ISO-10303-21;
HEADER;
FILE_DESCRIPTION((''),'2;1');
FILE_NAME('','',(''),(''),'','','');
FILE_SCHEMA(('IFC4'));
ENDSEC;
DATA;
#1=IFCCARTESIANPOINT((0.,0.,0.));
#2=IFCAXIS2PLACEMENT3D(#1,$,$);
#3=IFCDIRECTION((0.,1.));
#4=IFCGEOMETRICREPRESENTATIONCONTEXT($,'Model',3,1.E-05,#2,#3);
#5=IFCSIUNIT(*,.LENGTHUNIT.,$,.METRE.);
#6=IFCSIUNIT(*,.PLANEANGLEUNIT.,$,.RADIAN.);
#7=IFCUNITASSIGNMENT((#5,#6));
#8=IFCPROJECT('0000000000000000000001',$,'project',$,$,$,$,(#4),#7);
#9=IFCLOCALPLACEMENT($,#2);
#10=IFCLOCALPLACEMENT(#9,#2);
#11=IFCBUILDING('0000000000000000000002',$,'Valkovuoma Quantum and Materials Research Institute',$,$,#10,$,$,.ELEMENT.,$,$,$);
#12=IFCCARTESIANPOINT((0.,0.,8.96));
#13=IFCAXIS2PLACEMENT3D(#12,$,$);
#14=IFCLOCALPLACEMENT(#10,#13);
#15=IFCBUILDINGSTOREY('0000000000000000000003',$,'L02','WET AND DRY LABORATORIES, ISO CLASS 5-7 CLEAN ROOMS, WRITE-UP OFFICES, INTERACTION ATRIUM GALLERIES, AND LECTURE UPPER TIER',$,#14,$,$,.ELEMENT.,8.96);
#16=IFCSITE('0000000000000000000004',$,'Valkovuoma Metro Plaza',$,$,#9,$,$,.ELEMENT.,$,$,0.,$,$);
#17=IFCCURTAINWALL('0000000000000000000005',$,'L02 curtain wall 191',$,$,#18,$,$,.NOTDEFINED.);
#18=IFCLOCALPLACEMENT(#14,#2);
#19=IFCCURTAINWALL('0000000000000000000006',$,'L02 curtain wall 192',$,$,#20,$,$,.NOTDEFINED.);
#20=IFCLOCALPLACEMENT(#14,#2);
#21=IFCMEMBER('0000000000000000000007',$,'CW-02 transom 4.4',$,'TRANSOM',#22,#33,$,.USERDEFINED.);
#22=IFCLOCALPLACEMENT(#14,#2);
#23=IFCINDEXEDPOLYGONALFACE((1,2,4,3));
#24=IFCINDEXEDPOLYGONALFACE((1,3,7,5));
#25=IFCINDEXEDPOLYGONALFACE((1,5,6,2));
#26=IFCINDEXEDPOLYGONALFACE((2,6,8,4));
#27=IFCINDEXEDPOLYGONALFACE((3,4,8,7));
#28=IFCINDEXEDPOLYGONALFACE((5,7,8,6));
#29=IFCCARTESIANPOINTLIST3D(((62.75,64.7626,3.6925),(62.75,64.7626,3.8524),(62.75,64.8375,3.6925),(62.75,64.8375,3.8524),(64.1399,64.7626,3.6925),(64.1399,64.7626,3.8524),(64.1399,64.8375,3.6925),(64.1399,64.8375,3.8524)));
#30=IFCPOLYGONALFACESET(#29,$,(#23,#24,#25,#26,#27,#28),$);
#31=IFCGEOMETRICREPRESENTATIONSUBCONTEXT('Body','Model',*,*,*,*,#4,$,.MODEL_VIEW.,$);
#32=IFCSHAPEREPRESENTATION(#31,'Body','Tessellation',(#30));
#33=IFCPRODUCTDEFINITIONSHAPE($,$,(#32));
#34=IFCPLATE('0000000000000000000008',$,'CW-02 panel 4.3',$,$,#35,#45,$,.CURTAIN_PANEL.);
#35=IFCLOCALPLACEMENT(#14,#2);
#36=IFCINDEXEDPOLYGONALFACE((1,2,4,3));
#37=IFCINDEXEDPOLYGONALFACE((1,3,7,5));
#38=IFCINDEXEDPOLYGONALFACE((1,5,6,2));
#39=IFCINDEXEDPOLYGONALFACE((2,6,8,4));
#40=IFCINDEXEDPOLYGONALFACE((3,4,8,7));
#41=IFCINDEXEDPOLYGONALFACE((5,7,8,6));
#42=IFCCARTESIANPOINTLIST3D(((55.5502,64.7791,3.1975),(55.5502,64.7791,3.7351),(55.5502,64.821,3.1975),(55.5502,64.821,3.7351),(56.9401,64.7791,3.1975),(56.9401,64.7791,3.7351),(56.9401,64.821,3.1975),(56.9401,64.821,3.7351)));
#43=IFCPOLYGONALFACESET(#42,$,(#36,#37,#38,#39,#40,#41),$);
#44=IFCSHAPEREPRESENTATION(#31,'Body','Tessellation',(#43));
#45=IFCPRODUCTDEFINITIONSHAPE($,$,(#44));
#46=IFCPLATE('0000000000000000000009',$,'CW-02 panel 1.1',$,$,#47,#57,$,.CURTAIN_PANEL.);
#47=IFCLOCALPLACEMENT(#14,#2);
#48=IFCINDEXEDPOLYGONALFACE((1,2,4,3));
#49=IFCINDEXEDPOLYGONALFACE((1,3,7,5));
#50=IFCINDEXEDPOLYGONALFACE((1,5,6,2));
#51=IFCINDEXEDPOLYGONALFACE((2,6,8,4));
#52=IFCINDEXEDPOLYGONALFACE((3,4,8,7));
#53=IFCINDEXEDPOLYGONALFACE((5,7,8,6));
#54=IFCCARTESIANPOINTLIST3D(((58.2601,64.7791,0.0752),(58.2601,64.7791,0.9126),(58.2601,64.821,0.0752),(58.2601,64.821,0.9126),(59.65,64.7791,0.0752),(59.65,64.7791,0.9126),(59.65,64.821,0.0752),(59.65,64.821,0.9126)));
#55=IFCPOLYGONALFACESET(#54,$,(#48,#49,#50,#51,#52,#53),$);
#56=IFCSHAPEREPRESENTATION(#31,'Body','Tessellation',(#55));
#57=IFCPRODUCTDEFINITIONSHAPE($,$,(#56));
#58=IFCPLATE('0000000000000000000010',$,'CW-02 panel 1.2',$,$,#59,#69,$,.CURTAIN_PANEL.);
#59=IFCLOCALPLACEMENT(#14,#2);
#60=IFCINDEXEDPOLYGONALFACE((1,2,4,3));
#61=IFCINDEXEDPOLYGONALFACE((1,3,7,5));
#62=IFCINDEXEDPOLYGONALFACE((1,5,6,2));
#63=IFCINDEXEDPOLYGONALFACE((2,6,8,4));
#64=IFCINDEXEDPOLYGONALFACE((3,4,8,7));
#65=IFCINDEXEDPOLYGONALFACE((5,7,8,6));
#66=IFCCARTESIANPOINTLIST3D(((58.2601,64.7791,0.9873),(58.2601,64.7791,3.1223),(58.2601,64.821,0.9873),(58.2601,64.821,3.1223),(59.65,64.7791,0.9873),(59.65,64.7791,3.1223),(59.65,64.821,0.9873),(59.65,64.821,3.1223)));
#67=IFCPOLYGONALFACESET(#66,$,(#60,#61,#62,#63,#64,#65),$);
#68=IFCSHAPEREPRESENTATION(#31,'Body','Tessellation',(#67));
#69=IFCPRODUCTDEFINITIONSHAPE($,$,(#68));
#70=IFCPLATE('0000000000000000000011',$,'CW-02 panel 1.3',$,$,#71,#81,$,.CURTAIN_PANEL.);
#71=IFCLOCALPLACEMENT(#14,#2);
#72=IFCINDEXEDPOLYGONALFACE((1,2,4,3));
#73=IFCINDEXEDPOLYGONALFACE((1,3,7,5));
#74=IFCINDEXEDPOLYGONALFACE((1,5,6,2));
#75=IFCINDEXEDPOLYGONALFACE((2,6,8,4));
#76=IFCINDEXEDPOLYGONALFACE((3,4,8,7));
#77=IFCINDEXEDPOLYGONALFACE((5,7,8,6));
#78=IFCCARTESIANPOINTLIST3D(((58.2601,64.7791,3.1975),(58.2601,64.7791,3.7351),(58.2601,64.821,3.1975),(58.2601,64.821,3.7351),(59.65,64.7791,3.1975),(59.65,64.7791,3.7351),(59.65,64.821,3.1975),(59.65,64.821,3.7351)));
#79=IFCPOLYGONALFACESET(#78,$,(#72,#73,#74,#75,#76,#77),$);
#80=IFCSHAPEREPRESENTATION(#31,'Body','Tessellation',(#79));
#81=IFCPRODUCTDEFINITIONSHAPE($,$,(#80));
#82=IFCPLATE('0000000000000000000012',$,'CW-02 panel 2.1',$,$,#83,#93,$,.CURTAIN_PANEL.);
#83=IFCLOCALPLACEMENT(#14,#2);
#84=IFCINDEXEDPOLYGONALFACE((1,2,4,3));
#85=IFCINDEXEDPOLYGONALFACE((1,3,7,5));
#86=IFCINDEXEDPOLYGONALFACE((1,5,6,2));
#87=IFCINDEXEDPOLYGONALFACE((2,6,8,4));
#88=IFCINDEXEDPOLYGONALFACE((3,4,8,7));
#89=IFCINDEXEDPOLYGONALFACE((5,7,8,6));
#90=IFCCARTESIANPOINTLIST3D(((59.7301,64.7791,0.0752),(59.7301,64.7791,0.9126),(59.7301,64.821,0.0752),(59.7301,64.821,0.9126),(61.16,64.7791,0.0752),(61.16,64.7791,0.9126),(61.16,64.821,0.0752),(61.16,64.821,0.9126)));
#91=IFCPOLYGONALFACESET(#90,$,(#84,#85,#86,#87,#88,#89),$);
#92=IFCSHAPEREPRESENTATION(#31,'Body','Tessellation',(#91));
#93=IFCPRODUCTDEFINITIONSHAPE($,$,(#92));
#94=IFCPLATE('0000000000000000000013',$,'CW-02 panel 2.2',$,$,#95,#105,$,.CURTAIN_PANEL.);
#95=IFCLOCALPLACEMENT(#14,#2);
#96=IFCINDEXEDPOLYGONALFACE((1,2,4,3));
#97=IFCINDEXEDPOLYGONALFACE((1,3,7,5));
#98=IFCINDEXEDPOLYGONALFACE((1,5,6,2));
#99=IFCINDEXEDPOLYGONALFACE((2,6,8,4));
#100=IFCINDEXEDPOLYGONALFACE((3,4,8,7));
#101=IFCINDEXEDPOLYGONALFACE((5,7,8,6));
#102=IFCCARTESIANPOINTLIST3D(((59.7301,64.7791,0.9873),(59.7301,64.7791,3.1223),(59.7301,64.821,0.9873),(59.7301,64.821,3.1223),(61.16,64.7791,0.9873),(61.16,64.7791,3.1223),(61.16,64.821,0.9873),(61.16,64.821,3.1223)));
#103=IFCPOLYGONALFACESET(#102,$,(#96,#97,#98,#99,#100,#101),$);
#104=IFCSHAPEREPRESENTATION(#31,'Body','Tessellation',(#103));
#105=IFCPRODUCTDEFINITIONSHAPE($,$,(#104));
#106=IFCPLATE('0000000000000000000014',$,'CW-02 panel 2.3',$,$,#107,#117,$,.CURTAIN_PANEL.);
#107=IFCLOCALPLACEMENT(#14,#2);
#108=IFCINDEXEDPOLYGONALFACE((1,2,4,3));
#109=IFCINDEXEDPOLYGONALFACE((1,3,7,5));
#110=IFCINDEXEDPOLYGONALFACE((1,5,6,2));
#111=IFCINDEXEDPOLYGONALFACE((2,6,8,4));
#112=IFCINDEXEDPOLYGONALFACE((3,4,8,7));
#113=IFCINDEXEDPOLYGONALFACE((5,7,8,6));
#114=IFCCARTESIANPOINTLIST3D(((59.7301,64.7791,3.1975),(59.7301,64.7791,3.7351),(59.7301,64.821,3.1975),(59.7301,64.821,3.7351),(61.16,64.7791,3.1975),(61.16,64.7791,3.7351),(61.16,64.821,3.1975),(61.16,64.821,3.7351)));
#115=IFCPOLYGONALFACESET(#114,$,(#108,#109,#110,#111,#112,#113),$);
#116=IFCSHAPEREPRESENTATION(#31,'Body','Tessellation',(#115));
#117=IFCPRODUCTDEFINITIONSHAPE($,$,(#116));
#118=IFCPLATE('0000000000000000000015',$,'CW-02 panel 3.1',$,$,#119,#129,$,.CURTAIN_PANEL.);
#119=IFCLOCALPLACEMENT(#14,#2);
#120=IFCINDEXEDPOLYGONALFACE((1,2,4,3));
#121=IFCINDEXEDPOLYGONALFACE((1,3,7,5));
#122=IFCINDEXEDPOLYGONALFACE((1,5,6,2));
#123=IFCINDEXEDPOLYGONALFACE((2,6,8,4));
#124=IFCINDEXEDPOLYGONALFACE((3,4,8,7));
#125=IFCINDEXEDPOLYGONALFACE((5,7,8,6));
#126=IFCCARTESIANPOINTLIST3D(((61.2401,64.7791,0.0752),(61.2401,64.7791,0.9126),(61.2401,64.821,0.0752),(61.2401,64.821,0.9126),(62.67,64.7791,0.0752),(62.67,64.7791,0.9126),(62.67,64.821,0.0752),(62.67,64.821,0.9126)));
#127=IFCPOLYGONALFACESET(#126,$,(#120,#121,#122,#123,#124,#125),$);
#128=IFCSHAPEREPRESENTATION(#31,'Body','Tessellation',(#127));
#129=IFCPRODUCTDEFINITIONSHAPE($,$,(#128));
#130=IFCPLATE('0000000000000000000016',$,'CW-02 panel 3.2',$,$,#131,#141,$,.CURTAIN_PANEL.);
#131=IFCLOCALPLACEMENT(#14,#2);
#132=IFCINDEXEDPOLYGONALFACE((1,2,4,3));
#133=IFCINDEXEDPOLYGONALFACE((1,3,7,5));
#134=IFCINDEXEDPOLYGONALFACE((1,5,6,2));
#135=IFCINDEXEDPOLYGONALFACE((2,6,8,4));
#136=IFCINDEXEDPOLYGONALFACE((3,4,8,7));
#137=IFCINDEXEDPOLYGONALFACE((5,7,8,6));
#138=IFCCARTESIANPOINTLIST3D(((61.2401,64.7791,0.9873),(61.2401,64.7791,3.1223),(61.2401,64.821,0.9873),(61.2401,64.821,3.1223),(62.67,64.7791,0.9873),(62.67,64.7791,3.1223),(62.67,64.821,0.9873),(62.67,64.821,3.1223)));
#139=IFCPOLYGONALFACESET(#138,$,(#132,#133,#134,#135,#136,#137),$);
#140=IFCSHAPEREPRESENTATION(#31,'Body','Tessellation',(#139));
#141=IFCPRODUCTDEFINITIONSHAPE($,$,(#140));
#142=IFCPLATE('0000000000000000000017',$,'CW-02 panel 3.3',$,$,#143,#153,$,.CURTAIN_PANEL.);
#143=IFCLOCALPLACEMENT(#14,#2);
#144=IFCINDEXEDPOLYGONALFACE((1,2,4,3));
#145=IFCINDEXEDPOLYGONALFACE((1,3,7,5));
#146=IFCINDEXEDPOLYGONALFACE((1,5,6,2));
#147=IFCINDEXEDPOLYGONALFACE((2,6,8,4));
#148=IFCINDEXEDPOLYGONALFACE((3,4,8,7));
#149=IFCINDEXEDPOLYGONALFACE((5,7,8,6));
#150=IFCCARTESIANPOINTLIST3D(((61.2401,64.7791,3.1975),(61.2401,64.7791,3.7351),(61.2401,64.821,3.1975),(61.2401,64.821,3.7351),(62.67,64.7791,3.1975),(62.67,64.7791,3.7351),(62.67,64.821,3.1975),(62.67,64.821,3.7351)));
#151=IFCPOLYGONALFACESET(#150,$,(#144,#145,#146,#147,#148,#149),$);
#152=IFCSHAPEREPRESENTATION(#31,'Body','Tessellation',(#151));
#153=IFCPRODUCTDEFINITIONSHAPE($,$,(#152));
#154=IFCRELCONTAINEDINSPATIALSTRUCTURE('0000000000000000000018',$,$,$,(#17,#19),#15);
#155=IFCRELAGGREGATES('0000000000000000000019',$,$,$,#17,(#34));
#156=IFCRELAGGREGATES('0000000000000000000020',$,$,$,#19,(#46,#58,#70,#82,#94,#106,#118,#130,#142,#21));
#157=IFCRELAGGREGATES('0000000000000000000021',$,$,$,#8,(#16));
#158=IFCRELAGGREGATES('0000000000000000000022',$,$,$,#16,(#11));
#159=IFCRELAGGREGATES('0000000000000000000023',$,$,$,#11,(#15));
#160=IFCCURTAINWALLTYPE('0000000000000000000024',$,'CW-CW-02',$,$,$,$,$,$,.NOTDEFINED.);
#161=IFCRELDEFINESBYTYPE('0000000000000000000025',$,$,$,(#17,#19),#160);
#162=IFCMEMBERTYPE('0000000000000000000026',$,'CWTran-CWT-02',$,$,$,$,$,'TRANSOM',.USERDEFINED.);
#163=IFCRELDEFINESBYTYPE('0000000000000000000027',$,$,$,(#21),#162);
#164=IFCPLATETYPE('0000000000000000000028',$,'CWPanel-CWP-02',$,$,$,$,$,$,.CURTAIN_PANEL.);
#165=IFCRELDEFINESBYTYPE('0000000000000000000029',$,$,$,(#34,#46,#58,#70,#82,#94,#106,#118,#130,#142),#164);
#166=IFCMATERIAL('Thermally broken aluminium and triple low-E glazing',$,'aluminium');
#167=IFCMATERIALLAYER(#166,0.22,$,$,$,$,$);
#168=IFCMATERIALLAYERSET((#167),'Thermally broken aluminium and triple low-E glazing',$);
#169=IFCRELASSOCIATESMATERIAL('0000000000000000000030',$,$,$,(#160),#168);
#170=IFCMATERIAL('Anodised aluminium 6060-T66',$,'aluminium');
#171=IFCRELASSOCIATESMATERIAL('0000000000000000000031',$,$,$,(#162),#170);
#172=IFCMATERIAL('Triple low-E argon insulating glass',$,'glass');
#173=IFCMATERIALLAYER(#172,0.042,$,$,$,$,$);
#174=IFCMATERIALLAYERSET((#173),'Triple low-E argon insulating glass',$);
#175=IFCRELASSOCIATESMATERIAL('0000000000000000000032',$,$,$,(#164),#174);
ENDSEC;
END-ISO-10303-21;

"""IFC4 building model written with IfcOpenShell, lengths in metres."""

from ifc_helpers import new_model, si_unit, direction, frame, origin, origin_2d, place, context, subcontext, project, spatial, rectangle, extrude, material, layer, layer_set, material_profile, profile_set, type_object, element, aggregate, save


model = new_model("IFC4")

# Units and contexts
model_context = context("Model", 3, precision=1e-05, world=origin(), true_north=direction((0.0, 1.0)))
body_context = subcontext(model_context, "Body", "Model", "MODEL_VIEW")
ifc_project = project(units=[si_unit("LENGTHUNIT", "METRE"), si_unit("PLANEANGLEUNIT", "RADIAN")], contexts=[model_context])

# Site, building, storey
site_placement = place(None, origin())
site = spatial("IfcSite", under=ifc_project, at=site_placement, Name="Valkovuoma Metro Plaza", CompositionType="ELEMENT", RefElevation=0.0)
building_placement = place(site_placement, origin())
building = spatial("IfcBuilding", under=site, at=building_placement, Name="Valkovuoma Quantum and Materials Research Institute", CompositionType="ELEMENT")
storey_placement = place(building_placement, frame((0.0, 0.0, 8.96)))
storey = spatial("IfcBuildingStorey", under=building, at=storey_placement, Name="L02", Description="WET AND DRY LABORATORIES, ISO CLASS 5-7 CLEAN ROOMS, WRITE-UP OFFICES, INTERACTION ATRIUM GALLERIES, AND LECTURE UPPER TIER", CompositionType="ELEMENT", Elevation=8.96)

# Curtain wall
ifc_material_1 = material(Name="Thermally broken aluminium and triple low-E glazing", Category="aluminium")
ifc_layer_1 = layer(ifc_material_1, 0.22)
ifc_layer_set_1 = layer_set([ifc_layer_1], Name="Thermally broken aluminium and triple low-E glazing")
curtain_wall_type = type_object("IfcCurtainWallType", Name="CW-CW-02", PredefinedType="NOTDEFINED", material=ifc_layer_set_1)
curtain_wall_1_placement = place(storey_placement, origin())
curtain_wall_1 = element("IfcCurtainWall", 1, at=curtain_wall_1_placement, inside=storey, type_object=curtain_wall_type, Name="L02 curtain wall 191", PredefinedType="NOTDEFINED")

# Curtain wall, member
curtain_wall_2_placement = place(storey_placement, origin())
curtain_wall_2 = element("IfcCurtainWall", 2, at=curtain_wall_2_placement, inside=storey, type_object=curtain_wall_type, Name="L02 curtain wall 192", PredefinedType="NOTDEFINED")
ifc_material_2 = material(Name="Anodised aluminium 6060-T66", Category="aluminium")
ifc_material_profile_1 = material_profile(ifc_material_2, rectangle(XDim=0.075, YDim=0.1599, at=origin_2d()), Name="Anodised aluminium 6060-T66")
ifc_profile_set_1 = profile_set([ifc_material_profile_1], Name="Anodised aluminium 6060-T66")
member_type_1 = type_object("IfcMemberType", Name="CWTran-CWT-02", ElementType="TRANSOM", PredefinedType="USERDEFINED", material=ifc_profile_set_1)
member_1_placement = place(storey_placement, frame((62.75, 64.8, 3.7725), z_axis=(1.0, 0.0, 0.0), x_axis=(0.0, 1.0, 0.0)))
member_1 = element("IfcMember", 3, at=member_1_placement, type_object=member_type_1, Name="CW-02 transom 4.4", ObjectType="TRANSOM", PredefinedType="USERDEFINED", context=body_context, shape_type="SweptSolid", body=[
    extrude(rectangle(XDim=0.075, YDim=0.1599, at=origin_2d()), origin(), (0.0, 0.0, 1.0), 1.3899),
])

# Plates
ifc_material_3 = material(Name="Triple low-E argon insulating glass", Category="glass")
ifc_layer_2 = layer(ifc_material_3, 0.042)
ifc_layer_set_2 = layer_set([ifc_layer_2], Name="Triple low-E argon insulating glass")
plate_type = type_object("IfcPlateType", Name="CWPanel-CWP-02", PredefinedType="CURTAIN_PANEL", material=ifc_layer_set_2)
plate_1_placement = place(storey_placement, frame((56.2451, 64.8, 3.1975), z_axis=(0.0, 0.0, 1.0), x_axis=(1.0, 0.0, 0.0)))
plate_1 = element("IfcPlate", 4, at=plate_1_placement, type_object=plate_type, Name="CW-02 panel 4.3", PredefinedType="CURTAIN_PANEL", context=body_context, shape_type="SweptSolid", body=[
    extrude(rectangle(XDim=1.3899, YDim=0.042, at=origin_2d()), origin(), (0.0, 0.0, 1.0), 0.5376),
])
aggregate(curtain_wall_1, [plate_1])
plate_2_placement = place(storey_placement, frame((58.9551, 64.8, 0.0752), z_axis=(0.0, 0.0, 1.0), x_axis=(1.0, 0.0, 0.0)))
plate_2 = element("IfcPlate", 5, at=plate_2_placement, type_object=plate_type, Name="CW-02 panel 1.1", PredefinedType="CURTAIN_PANEL", context=body_context, shape_type="SweptSolid", body=[
    extrude(rectangle(XDim=1.3899, YDim=0.042, at=origin_2d()), origin(), (0.0, 0.0, 1.0), 0.8374),
])
plate_3_placement = place(storey_placement, frame((58.9551, 64.8, 0.9873), z_axis=(0.0, 0.0, 1.0), x_axis=(1.0, 0.0, 0.0)))
plate_3 = element("IfcPlate", 6, at=plate_3_placement, type_object=plate_type, Name="CW-02 panel 1.2", PredefinedType="CURTAIN_PANEL", context=body_context, shape_type="SweptSolid", body=[
    extrude(rectangle(XDim=1.3899, YDim=0.042, at=origin_2d()), origin(), (0.0, 0.0, 1.0), 2.135),
])
plate_4_placement = place(storey_placement, frame((58.9551, 64.8, 3.1975), z_axis=(0.0, 0.0, 1.0), x_axis=(1.0, 0.0, 0.0)))
plate_4 = element("IfcPlate", 7, at=plate_4_placement, type_object=plate_type, Name="CW-02 panel 1.3", PredefinedType="CURTAIN_PANEL", context=body_context, shape_type="SweptSolid", body=[
    extrude(rectangle(XDim=1.3899, YDim=0.042, at=origin_2d()), origin(), (0.0, 0.0, 1.0), 0.5376),
])
plate_5_placement = place(storey_placement, frame((60.4451, 64.8, 0.0752), z_axis=(0.0, 0.0, 1.0), x_axis=(1.0, 0.0, 0.0)))
plate_5 = element("IfcPlate", 8, at=plate_5_placement, type_object=plate_type, Name="CW-02 panel 2.1", PredefinedType="CURTAIN_PANEL", context=body_context, shape_type="SweptSolid", body=[
    extrude(rectangle(XDim=1.4299, YDim=0.042, at=origin_2d()), origin(), (0.0, 0.0, 1.0), 0.8374),
])
plate_6_placement = place(storey_placement, frame((60.4451, 64.8, 0.9873), z_axis=(0.0, 0.0, 1.0), x_axis=(1.0, 0.0, 0.0)))
plate_6 = element("IfcPlate", 9, at=plate_6_placement, type_object=plate_type, Name="CW-02 panel 2.2", PredefinedType="CURTAIN_PANEL", context=body_context, shape_type="SweptSolid", body=[
    extrude(rectangle(XDim=1.4299, YDim=0.042, at=origin_2d()), origin(), (0.0, 0.0, 1.0), 2.135),
])
plate_7_placement = place(storey_placement, frame((60.4451, 64.8, 3.1975), z_axis=(0.0, 0.0, 1.0), x_axis=(1.0, 0.0, 0.0)))
plate_7 = element("IfcPlate", 10, at=plate_7_placement, type_object=plate_type, Name="CW-02 panel 2.3", PredefinedType="CURTAIN_PANEL", context=body_context, shape_type="SweptSolid", body=[
    extrude(rectangle(XDim=1.4299, YDim=0.042, at=origin_2d()), origin(), (0.0, 0.0, 1.0), 0.5376),
])
plate_8_placement = place(storey_placement, frame((61.9551, 64.8, 0.0752), z_axis=(0.0, 0.0, 1.0), x_axis=(1.0, 0.0, 0.0)))
plate_8 = element("IfcPlate", 11, at=plate_8_placement, type_object=plate_type, Name="CW-02 panel 3.1", PredefinedType="CURTAIN_PANEL", context=body_context, shape_type="SweptSolid", body=[
    extrude(rectangle(XDim=1.4299, YDim=0.042, at=origin_2d()), origin(), (0.0, 0.0, 1.0), 0.8374),
])
plate_9_placement = place(storey_placement, frame((61.9551, 64.8, 0.9873), z_axis=(0.0, 0.0, 1.0), x_axis=(1.0, 0.0, 0.0)))
plate_9 = element("IfcPlate", 12, at=plate_9_placement, type_object=plate_type, Name="CW-02 panel 3.2", PredefinedType="CURTAIN_PANEL", context=body_context, shape_type="SweptSolid", body=[
    extrude(rectangle(XDim=1.4299, YDim=0.042, at=origin_2d()), origin(), (0.0, 0.0, 1.0), 2.135),
])
plate_10_placement = place(storey_placement, frame((61.9551, 64.8, 3.1975), z_axis=(0.0, 0.0, 1.0), x_axis=(1.0, 0.0, 0.0)))
plate_10 = element("IfcPlate", 13, at=plate_10_placement, type_object=plate_type, Name="CW-02 panel 3.3", PredefinedType="CURTAIN_PANEL", context=body_context, shape_type="SweptSolid", body=[
    extrude(rectangle(XDim=1.4299, YDim=0.042, at=origin_2d()), origin(), (0.0, 0.0, 1.0), 0.5376),
])
aggregate(curtain_wall_2, [plate_2, plate_3, plate_4, plate_5, plate_6, plate_7, plate_8, plate_9, plate_10, member_1])

save(model, "model.ifc")
